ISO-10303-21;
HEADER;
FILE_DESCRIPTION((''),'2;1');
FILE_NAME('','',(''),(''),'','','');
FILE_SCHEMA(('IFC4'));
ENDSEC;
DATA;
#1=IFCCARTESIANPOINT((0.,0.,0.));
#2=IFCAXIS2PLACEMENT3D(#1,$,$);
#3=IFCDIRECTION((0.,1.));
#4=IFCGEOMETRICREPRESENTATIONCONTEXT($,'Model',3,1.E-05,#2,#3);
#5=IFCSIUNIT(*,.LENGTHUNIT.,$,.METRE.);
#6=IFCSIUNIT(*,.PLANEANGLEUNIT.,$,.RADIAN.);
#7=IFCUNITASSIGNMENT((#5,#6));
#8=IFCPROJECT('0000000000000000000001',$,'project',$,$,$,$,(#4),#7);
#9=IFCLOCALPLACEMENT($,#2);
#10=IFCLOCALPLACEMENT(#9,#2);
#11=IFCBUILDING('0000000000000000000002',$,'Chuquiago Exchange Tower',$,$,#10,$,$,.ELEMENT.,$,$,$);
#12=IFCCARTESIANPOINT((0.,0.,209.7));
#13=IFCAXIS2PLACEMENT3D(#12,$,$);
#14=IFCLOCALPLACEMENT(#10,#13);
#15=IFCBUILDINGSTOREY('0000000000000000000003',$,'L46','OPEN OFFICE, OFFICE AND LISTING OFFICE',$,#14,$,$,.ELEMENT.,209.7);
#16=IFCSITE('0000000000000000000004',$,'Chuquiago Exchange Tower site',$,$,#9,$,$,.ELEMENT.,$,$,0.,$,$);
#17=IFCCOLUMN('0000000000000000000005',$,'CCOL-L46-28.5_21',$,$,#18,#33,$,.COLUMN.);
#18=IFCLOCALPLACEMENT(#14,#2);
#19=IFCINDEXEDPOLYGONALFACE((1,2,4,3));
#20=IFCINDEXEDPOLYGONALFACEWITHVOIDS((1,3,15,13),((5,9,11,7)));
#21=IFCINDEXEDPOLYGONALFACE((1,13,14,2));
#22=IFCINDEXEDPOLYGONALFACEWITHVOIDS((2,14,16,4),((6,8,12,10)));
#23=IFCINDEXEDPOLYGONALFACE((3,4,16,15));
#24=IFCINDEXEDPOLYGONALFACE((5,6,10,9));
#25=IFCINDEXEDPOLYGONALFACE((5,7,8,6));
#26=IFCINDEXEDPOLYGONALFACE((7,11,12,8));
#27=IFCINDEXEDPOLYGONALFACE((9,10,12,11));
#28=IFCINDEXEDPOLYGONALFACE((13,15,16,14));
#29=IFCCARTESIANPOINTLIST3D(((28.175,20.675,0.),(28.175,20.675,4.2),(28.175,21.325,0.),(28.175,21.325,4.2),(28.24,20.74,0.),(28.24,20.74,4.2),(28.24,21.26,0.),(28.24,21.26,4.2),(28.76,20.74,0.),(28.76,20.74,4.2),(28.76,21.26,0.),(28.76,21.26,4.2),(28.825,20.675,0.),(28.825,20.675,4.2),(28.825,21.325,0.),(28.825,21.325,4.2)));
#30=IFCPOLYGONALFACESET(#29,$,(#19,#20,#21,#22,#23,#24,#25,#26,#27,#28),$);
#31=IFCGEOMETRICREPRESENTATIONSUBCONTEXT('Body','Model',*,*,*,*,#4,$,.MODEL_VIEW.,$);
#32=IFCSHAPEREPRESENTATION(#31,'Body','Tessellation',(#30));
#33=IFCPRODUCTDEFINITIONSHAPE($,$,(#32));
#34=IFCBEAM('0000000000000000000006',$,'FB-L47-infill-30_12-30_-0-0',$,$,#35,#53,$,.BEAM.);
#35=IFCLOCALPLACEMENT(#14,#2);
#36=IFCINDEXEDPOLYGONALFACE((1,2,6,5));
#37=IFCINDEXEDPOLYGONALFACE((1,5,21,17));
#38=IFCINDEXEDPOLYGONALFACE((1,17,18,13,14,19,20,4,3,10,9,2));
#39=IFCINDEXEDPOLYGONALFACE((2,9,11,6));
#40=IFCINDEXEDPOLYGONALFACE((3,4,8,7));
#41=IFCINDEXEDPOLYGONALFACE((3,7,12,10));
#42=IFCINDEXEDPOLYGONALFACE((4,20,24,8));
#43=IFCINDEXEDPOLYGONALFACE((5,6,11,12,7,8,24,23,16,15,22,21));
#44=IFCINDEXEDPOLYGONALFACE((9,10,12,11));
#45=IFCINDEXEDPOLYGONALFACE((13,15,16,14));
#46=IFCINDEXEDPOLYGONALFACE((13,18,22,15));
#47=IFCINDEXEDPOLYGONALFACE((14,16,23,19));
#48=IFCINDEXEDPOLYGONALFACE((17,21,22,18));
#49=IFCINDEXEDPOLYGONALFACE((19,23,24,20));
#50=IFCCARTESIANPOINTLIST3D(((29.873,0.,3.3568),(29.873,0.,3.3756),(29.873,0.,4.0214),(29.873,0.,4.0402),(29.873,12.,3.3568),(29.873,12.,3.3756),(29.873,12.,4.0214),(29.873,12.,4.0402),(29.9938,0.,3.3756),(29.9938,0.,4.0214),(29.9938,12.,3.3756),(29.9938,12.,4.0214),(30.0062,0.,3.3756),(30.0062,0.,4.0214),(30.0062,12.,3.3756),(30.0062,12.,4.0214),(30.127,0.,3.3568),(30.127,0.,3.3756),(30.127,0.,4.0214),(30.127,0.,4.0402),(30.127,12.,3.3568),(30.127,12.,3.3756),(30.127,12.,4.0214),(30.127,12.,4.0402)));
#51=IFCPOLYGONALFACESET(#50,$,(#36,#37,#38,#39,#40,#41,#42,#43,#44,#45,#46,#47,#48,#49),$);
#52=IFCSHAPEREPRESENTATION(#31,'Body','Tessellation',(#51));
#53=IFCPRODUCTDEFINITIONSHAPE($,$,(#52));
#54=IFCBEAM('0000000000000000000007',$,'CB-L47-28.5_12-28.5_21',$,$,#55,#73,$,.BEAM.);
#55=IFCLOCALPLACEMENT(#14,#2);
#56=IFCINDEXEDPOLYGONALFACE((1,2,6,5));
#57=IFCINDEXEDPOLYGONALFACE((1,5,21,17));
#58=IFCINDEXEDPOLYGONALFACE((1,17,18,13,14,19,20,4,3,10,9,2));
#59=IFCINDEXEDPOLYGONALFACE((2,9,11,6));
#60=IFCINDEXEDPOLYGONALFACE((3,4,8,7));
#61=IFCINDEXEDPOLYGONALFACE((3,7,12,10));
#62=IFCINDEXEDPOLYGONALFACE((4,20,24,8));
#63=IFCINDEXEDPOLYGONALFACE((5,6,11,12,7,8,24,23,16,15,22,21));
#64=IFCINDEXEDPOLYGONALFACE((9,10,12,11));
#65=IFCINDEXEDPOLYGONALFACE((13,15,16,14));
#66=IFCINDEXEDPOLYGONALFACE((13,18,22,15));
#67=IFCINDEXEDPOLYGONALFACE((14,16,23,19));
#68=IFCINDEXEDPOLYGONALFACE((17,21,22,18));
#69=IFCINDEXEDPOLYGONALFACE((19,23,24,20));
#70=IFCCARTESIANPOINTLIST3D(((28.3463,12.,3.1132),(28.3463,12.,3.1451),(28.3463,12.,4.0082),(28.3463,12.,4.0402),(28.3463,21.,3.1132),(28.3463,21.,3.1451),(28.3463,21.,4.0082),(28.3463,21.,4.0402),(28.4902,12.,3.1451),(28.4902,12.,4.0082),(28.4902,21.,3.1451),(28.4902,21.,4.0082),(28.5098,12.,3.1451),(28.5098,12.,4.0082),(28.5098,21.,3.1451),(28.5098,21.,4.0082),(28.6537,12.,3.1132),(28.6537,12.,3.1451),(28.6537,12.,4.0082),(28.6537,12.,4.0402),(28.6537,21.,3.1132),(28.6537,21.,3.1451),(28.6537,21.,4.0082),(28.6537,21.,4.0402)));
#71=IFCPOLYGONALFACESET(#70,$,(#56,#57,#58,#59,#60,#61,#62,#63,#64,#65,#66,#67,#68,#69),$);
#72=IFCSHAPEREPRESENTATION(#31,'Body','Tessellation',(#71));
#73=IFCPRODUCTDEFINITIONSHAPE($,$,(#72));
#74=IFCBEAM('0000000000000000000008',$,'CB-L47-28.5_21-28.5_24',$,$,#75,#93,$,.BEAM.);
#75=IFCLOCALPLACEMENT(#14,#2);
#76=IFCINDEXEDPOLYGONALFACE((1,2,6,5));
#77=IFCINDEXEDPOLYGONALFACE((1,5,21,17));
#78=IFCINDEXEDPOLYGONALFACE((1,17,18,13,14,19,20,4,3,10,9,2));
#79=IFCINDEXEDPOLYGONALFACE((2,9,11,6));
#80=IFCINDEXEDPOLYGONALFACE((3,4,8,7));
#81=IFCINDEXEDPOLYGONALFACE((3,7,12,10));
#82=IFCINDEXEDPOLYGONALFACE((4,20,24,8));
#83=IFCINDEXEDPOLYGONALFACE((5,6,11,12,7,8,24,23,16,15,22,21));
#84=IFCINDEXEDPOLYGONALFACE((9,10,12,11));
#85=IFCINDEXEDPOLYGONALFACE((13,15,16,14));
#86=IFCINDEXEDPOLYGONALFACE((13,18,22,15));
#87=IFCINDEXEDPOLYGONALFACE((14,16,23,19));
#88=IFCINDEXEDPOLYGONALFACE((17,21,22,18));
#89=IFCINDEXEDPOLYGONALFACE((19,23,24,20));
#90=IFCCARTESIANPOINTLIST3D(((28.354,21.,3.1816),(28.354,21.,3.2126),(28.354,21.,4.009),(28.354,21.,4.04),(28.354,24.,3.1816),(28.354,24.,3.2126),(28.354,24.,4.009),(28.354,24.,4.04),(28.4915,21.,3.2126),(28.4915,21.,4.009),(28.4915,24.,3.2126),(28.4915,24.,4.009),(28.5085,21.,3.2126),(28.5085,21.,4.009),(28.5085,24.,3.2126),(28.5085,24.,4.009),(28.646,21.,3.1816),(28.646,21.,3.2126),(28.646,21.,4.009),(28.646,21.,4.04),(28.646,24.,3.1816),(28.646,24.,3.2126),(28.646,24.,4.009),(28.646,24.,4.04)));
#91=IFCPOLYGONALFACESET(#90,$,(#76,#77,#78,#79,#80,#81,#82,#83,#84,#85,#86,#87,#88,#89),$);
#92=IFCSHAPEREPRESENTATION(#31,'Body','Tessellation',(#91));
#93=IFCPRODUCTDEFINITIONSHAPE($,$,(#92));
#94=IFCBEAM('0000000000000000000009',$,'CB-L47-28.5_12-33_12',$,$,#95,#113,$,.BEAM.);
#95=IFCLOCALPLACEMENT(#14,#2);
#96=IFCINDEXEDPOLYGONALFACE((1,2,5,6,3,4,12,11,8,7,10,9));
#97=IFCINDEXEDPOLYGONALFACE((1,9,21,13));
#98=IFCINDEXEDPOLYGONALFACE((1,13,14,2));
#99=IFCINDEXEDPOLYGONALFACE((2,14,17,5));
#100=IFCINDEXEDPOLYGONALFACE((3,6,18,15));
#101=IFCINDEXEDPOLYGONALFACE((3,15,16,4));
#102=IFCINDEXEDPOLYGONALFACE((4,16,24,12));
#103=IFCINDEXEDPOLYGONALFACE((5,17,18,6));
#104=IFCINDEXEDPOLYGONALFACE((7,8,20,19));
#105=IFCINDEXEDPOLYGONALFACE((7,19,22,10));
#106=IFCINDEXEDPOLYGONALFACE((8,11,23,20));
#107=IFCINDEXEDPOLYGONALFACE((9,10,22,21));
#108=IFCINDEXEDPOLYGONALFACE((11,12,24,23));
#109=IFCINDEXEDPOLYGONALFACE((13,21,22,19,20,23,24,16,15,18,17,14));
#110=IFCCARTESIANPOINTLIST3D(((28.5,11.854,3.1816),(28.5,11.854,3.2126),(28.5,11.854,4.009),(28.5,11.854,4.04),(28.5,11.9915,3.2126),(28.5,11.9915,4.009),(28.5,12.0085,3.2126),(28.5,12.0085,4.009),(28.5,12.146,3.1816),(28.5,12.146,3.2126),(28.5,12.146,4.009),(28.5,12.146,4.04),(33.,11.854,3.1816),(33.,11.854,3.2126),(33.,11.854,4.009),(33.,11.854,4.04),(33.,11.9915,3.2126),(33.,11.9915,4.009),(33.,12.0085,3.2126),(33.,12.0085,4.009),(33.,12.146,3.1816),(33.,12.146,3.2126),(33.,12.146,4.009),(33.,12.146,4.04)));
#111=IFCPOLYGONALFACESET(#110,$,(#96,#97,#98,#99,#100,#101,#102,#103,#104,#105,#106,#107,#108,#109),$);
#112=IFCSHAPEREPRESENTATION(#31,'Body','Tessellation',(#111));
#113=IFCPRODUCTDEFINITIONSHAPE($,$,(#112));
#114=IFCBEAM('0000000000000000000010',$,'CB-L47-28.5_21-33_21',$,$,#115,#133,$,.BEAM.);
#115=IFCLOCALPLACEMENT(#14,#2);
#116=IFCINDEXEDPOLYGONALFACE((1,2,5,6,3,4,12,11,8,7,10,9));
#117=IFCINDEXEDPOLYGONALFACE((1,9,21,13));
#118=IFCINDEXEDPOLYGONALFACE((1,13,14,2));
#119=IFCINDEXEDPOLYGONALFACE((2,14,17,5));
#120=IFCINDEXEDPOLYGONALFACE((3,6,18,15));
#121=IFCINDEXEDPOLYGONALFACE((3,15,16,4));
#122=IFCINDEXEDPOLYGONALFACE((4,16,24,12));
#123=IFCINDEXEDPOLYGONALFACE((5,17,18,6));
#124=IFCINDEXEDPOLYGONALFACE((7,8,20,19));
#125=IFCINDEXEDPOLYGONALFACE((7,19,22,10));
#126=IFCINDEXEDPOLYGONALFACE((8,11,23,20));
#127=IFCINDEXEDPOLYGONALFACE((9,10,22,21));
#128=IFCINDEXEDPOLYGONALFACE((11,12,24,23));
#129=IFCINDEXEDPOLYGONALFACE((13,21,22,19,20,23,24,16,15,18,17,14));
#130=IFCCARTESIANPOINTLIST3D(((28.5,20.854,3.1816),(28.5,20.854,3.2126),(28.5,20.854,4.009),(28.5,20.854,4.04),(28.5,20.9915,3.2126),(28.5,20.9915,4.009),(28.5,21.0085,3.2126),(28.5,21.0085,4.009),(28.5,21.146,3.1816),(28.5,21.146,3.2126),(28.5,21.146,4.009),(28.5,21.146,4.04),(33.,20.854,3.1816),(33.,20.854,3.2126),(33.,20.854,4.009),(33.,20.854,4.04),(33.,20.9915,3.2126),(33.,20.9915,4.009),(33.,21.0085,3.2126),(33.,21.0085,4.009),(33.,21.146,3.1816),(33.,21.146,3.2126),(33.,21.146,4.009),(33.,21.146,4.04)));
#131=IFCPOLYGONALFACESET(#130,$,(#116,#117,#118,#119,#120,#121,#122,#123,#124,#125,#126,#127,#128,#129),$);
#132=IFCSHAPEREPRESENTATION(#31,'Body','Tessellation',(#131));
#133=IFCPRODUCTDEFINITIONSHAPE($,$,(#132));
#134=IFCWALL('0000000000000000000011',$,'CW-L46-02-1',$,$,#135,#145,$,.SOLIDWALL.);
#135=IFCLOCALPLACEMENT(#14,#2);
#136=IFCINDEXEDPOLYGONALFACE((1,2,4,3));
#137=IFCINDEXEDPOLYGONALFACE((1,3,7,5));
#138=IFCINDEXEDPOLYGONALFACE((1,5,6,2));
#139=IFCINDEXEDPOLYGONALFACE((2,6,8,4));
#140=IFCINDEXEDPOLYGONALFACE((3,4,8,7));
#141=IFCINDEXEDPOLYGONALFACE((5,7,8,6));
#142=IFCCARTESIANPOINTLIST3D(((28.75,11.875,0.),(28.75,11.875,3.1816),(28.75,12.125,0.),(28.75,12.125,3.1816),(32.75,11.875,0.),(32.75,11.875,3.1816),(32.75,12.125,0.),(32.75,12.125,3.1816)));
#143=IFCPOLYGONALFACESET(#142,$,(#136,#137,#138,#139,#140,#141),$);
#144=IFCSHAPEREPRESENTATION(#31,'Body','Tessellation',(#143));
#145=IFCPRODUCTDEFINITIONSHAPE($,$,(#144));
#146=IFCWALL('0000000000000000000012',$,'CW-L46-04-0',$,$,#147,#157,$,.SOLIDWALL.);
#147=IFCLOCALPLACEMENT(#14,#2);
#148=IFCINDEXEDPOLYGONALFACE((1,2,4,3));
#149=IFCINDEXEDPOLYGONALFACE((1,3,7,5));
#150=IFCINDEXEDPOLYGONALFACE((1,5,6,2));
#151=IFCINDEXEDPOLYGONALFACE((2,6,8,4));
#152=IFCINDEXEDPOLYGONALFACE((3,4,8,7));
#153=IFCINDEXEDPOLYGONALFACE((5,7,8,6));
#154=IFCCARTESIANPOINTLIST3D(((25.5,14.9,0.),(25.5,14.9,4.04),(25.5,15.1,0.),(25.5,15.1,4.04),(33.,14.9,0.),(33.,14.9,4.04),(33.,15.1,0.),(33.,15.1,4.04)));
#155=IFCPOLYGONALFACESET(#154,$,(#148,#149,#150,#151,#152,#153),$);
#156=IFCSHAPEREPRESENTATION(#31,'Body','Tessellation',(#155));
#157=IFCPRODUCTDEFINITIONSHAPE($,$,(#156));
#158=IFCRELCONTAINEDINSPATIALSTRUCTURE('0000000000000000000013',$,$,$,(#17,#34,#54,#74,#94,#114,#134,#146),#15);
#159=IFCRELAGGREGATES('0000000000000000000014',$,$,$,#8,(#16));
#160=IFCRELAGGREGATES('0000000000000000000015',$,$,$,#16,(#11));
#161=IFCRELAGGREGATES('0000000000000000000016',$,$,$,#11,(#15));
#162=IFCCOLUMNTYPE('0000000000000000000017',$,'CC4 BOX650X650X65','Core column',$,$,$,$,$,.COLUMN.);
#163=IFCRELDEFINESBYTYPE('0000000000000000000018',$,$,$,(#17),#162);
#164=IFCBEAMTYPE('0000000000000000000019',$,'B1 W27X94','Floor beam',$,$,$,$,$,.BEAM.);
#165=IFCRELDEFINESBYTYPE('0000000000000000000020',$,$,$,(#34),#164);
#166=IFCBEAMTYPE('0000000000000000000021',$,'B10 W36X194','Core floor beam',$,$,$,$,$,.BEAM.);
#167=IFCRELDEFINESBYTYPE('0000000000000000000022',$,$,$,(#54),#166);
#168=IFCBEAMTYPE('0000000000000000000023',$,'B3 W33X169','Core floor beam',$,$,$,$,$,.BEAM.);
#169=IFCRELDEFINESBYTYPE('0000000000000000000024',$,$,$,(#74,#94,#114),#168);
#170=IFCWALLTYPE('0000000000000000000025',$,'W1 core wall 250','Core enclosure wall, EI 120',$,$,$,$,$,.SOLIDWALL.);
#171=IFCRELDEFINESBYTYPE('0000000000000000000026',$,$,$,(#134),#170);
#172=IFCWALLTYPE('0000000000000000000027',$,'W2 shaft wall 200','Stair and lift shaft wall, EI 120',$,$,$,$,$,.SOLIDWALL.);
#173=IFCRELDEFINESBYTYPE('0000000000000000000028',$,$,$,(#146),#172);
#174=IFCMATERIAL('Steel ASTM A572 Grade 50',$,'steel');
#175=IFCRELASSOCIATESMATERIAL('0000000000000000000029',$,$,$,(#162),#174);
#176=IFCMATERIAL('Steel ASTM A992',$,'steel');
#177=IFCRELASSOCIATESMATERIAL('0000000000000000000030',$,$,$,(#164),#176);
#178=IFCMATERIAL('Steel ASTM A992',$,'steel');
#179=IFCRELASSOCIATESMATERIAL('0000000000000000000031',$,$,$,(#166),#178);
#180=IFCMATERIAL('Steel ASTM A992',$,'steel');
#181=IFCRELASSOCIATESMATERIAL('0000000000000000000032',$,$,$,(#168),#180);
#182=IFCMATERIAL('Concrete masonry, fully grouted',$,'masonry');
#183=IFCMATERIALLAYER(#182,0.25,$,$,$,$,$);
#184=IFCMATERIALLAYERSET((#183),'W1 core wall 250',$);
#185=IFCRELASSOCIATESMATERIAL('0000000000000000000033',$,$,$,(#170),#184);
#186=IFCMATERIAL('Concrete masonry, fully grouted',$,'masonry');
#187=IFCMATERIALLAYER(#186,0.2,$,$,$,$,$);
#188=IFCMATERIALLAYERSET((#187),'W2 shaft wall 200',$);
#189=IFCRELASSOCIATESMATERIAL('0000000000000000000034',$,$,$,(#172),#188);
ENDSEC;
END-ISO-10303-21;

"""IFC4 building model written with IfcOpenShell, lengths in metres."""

from ifc_helpers import new_model, si_unit, direction, frame, frame_2d, origin, origin_2d, place, context, subcontext, project, spatial, rectangle, hollow_rectangle, i_section, extrude, material, layer, layer_set, material_profile, profile_set, type_object, element, save


model = new_model("IFC4")

# Units and contexts
model_context = context("Model", 3, precision=1e-05, world=origin(), true_north=direction((0.0, 1.0)))
body_context = subcontext(model_context, "Body", "Model", "MODEL_VIEW")
ifc_project = project(units=[si_unit("LENGTHUNIT", "METRE"), si_unit("PLANEANGLEUNIT", "RADIAN")], contexts=[model_context])

# Site, building, storey
site_placement = place(None, origin())
site = spatial("IfcSite", under=ifc_project, at=site_placement, Name="Chuquiago Exchange Tower site", CompositionType="ELEMENT", RefElevation=0.0)
building_placement = place(site_placement, origin())
building = spatial("IfcBuilding", under=site, at=building_placement, Name="Chuquiago Exchange Tower", CompositionType="ELEMENT")
storey_placement = place(building_placement, frame((0.0, 0.0, 209.7)))
storey = spatial("IfcBuildingStorey", under=building, at=storey_placement, Name="L46", Description="OPEN OFFICE, OFFICE AND LISTING OFFICE", CompositionType="ELEMENT", Elevation=209.7)

# Column
ifc_material_1 = material(Name="Steel ASTM A572 Grade 50", Category="steel")
ifc_material_profile_1 = material_profile(ifc_material_1, hollow_rectangle(XDim=0.6499, YDim=0.6499, WallThickness=0.0649, at=origin_2d()), Name="BOX650X650X65")
ifc_profile_set_1 = profile_set([ifc_material_profile_1], Name="Steel ASTM A572 Grade 50")
column_type = type_object("IfcColumnType", Name="CC4 BOX650X650X65", Description="Core column", PredefinedType="COLUMN", material=ifc_profile_set_1)
column_placement = place(storey_placement, frame((28.5, 21.0, 0.0), z_axis=(0.0, 0.0, 1.0), x_axis=(1.0, 0.0, 0.0)))
element("IfcColumn", 1, at=column_placement, inside=storey, type_object=column_type, Name="CCOL-L46-28.5_21", PredefinedType="COLUMN", context=body_context, shape_type="SweptSolid", body=[
    extrude(hollow_rectangle(XDim=0.6499, YDim=0.6499, WallThickness=0.0649, at=origin_2d()), origin(), (0.0, 0.0, 1.0), 4.2),
])

# Beams
ifc_material_2 = material(Name="Steel ASTM A992", Category="steel")
ifc_material_profile_2 = material_profile(ifc_material_2, i_section(OverallWidth=0.2539, OverallDepth=0.6833, WebThickness=0.0125, FlangeThickness=0.0188, at=origin_2d()), Name="W27X94")
ifc_profile_set_2 = profile_set([ifc_material_profile_2], Name="Steel ASTM A992")
beam_type_1 = type_object("IfcBeamType", Name="B1 W27X94", Description="Floor beam", PredefinedType="BEAM", material=ifc_profile_set_2)
beam_1_placement = place(storey_placement, frame((30.0, 12.0, 3.6985), z_axis=(0.0, -1.0, 0.0), x_axis=(1.0, 0.0, 0.0)))
element("IfcBeam", 2, at=beam_1_placement, inside=storey, type_object=beam_type_1, Name="FB-L47-infill-30_12-30_-0-0", PredefinedType="BEAM", context=body_context, shape_type="SweptSolid", body=[
    extrude(i_section(OverallWidth=0.2539, OverallDepth=0.6833, WebThickness=0.0125, FlangeThickness=0.0188, at=origin_2d()), origin(), (0.0, 0.0, 1.0), 12.0),
])
ifc_material_3 = material(Name="Steel ASTM A992", Category="steel")
ifc_material_profile_3 = material_profile(ifc_material_3, i_section(OverallWidth=0.3074, OverallDepth=0.927, WebThickness=0.0195, FlangeThickness=0.032, at=origin_2d()), Name="W36X194")
ifc_profile_set_3 = profile_set([ifc_material_profile_3], Name="Steel ASTM A992")
beam_type_2 = type_object("IfcBeamType", Name="B10 W36X194", Description="Core floor beam", PredefinedType="BEAM", material=ifc_profile_set_3)
beam_2_placement = place(storey_placement, frame((28.5, 12.0, 3.5767), z_axis=(0.0, 1.0, 0.0), x_axis=(-1.0, 0.0, 0.0)))
element("IfcBeam", 3, at=beam_2_placement, inside=storey, type_object=beam_type_2, Name="CB-L47-28.5_12-28.5_21", PredefinedType="BEAM", context=body_context, shape_type="SweptSolid", body=[
    extrude(i_section(OverallWidth=0.3074, OverallDepth=0.927, WebThickness=0.0195, FlangeThickness=0.032, at=origin_2d()), origin(), (0.0, 0.0, 1.0), 9.0),
])
ifc_material_4 = material(Name="Steel ASTM A992", Category="steel")
ifc_material_profile_4 = material_profile(ifc_material_4, i_section(OverallWidth=0.292, OverallDepth=0.8584, WebThickness=0.0171, FlangeThickness=0.031, at=origin_2d()), Name="W33X169")
ifc_profile_set_4 = profile_set([ifc_material_profile_4], Name="Steel ASTM A992")
beam_type_3 = type_object("IfcBeamType", Name="B3 W33X169", Description="Core floor beam", PredefinedType="BEAM", material=ifc_profile_set_4)
beam_3_placement = place(storey_placement, frame((28.5, 21.0, 3.6108), z_axis=(0.0, 1.0, 0.0), x_axis=(-1.0, 0.0, 0.0)))
element("IfcBeam", 4, at=beam_3_placement, inside=storey, type_object=beam_type_3, Name="CB-L47-28.5_21-28.5_24", PredefinedType="BEAM", context=body_context, shape_type="SweptSolid", body=[
    extrude(i_section(OverallWidth=0.292, OverallDepth=0.8584, WebThickness=0.0171, FlangeThickness=0.031, at=origin_2d()), origin(), (0.0, 0.0, 1.0), 3.0),
])
for number, where, z_axis, x_axis, name in (
    (5, (28.5, 12.0, 3.6108), (1.0, 0.0, 0.0), (0.0, 1.0, 0.0), "CB-L47-28.5_12-33_12"),
    (6, (28.5, 21.0, 3.6108), (1.0, 0.0, 0.0), (0.0, 1.0, 0.0), "CB-L47-28.5_21-33_21"),
):
    element("IfcBeam", number, at=place(storey_placement, frame(where, z_axis=z_axis, x_axis=x_axis)), inside=storey, type_object=beam_type_3, Name=name, PredefinedType="BEAM", context=body_context, shape_type="SweptSolid", body=[
        extrude(i_section(OverallWidth=0.292, OverallDepth=0.8584, WebThickness=0.0171, FlangeThickness=0.031, at=origin_2d()), origin(), (0.0, 0.0, 1.0), 4.5),
    ])

# Walls
ifc_material_5 = material(Name="Concrete masonry, fully grouted", Category="masonry")
ifc_layer_1 = layer(ifc_material_5, 0.25)
ifc_layer_set_1 = layer_set([ifc_layer_1], Name="W1 core wall 250")
wall_type_1 = type_object("IfcWallType", Name="W1 core wall 250", Description="Core enclosure wall, EI 120", PredefinedType="SOLIDWALL", material=ifc_layer_set_1)
wall_1_placement = place(storey_placement, frame((28.75, 12.0, 0.0), z_axis=(0.0, 0.0, 1.0), x_axis=(1.0, 0.0, 0.0)))
element("IfcWall", 7, at=wall_1_placement, inside=storey, type_object=wall_type_1, Name="CW-L46-02-1", PredefinedType="SOLIDWALL", context=body_context, shape_type="SweptSolid", body=[
    extrude(rectangle(XDim=4.0, YDim=0.25, at=frame_2d((2.0, 0.0))), origin(), (0.0, 0.0, 1.0), 3.1816),
])
ifc_material_6 = material(Name="Concrete masonry, fully grouted", Category="masonry")
ifc_layer_2 = layer(ifc_material_6, 0.2)
ifc_layer_set_2 = layer_set([ifc_layer_2], Name="W2 shaft wall 200")
wall_type_2 = type_object("IfcWallType", Name="W2 shaft wall 200", Description="Stair and lift shaft wall, EI 120", PredefinedType="SOLIDWALL", material=ifc_layer_set_2)
wall_2_placement = place(storey_placement, frame((25.5, 15.0, 0.0), z_axis=(0.0, 0.0, 1.0), x_axis=(1.0, 0.0, 0.0)))
element("IfcWall", 8, at=wall_2_placement, inside=storey, type_object=wall_type_2, Name="CW-L46-04-0", PredefinedType="SOLIDWALL", context=body_context, shape_type="SweptSolid", body=[
    extrude(rectangle(XDim=7.5, YDim=0.2, at=frame_2d((3.75, 0.0))), origin(), (0.0, 0.0, 1.0), 4.04),
])

save(model, "model.ifc")
